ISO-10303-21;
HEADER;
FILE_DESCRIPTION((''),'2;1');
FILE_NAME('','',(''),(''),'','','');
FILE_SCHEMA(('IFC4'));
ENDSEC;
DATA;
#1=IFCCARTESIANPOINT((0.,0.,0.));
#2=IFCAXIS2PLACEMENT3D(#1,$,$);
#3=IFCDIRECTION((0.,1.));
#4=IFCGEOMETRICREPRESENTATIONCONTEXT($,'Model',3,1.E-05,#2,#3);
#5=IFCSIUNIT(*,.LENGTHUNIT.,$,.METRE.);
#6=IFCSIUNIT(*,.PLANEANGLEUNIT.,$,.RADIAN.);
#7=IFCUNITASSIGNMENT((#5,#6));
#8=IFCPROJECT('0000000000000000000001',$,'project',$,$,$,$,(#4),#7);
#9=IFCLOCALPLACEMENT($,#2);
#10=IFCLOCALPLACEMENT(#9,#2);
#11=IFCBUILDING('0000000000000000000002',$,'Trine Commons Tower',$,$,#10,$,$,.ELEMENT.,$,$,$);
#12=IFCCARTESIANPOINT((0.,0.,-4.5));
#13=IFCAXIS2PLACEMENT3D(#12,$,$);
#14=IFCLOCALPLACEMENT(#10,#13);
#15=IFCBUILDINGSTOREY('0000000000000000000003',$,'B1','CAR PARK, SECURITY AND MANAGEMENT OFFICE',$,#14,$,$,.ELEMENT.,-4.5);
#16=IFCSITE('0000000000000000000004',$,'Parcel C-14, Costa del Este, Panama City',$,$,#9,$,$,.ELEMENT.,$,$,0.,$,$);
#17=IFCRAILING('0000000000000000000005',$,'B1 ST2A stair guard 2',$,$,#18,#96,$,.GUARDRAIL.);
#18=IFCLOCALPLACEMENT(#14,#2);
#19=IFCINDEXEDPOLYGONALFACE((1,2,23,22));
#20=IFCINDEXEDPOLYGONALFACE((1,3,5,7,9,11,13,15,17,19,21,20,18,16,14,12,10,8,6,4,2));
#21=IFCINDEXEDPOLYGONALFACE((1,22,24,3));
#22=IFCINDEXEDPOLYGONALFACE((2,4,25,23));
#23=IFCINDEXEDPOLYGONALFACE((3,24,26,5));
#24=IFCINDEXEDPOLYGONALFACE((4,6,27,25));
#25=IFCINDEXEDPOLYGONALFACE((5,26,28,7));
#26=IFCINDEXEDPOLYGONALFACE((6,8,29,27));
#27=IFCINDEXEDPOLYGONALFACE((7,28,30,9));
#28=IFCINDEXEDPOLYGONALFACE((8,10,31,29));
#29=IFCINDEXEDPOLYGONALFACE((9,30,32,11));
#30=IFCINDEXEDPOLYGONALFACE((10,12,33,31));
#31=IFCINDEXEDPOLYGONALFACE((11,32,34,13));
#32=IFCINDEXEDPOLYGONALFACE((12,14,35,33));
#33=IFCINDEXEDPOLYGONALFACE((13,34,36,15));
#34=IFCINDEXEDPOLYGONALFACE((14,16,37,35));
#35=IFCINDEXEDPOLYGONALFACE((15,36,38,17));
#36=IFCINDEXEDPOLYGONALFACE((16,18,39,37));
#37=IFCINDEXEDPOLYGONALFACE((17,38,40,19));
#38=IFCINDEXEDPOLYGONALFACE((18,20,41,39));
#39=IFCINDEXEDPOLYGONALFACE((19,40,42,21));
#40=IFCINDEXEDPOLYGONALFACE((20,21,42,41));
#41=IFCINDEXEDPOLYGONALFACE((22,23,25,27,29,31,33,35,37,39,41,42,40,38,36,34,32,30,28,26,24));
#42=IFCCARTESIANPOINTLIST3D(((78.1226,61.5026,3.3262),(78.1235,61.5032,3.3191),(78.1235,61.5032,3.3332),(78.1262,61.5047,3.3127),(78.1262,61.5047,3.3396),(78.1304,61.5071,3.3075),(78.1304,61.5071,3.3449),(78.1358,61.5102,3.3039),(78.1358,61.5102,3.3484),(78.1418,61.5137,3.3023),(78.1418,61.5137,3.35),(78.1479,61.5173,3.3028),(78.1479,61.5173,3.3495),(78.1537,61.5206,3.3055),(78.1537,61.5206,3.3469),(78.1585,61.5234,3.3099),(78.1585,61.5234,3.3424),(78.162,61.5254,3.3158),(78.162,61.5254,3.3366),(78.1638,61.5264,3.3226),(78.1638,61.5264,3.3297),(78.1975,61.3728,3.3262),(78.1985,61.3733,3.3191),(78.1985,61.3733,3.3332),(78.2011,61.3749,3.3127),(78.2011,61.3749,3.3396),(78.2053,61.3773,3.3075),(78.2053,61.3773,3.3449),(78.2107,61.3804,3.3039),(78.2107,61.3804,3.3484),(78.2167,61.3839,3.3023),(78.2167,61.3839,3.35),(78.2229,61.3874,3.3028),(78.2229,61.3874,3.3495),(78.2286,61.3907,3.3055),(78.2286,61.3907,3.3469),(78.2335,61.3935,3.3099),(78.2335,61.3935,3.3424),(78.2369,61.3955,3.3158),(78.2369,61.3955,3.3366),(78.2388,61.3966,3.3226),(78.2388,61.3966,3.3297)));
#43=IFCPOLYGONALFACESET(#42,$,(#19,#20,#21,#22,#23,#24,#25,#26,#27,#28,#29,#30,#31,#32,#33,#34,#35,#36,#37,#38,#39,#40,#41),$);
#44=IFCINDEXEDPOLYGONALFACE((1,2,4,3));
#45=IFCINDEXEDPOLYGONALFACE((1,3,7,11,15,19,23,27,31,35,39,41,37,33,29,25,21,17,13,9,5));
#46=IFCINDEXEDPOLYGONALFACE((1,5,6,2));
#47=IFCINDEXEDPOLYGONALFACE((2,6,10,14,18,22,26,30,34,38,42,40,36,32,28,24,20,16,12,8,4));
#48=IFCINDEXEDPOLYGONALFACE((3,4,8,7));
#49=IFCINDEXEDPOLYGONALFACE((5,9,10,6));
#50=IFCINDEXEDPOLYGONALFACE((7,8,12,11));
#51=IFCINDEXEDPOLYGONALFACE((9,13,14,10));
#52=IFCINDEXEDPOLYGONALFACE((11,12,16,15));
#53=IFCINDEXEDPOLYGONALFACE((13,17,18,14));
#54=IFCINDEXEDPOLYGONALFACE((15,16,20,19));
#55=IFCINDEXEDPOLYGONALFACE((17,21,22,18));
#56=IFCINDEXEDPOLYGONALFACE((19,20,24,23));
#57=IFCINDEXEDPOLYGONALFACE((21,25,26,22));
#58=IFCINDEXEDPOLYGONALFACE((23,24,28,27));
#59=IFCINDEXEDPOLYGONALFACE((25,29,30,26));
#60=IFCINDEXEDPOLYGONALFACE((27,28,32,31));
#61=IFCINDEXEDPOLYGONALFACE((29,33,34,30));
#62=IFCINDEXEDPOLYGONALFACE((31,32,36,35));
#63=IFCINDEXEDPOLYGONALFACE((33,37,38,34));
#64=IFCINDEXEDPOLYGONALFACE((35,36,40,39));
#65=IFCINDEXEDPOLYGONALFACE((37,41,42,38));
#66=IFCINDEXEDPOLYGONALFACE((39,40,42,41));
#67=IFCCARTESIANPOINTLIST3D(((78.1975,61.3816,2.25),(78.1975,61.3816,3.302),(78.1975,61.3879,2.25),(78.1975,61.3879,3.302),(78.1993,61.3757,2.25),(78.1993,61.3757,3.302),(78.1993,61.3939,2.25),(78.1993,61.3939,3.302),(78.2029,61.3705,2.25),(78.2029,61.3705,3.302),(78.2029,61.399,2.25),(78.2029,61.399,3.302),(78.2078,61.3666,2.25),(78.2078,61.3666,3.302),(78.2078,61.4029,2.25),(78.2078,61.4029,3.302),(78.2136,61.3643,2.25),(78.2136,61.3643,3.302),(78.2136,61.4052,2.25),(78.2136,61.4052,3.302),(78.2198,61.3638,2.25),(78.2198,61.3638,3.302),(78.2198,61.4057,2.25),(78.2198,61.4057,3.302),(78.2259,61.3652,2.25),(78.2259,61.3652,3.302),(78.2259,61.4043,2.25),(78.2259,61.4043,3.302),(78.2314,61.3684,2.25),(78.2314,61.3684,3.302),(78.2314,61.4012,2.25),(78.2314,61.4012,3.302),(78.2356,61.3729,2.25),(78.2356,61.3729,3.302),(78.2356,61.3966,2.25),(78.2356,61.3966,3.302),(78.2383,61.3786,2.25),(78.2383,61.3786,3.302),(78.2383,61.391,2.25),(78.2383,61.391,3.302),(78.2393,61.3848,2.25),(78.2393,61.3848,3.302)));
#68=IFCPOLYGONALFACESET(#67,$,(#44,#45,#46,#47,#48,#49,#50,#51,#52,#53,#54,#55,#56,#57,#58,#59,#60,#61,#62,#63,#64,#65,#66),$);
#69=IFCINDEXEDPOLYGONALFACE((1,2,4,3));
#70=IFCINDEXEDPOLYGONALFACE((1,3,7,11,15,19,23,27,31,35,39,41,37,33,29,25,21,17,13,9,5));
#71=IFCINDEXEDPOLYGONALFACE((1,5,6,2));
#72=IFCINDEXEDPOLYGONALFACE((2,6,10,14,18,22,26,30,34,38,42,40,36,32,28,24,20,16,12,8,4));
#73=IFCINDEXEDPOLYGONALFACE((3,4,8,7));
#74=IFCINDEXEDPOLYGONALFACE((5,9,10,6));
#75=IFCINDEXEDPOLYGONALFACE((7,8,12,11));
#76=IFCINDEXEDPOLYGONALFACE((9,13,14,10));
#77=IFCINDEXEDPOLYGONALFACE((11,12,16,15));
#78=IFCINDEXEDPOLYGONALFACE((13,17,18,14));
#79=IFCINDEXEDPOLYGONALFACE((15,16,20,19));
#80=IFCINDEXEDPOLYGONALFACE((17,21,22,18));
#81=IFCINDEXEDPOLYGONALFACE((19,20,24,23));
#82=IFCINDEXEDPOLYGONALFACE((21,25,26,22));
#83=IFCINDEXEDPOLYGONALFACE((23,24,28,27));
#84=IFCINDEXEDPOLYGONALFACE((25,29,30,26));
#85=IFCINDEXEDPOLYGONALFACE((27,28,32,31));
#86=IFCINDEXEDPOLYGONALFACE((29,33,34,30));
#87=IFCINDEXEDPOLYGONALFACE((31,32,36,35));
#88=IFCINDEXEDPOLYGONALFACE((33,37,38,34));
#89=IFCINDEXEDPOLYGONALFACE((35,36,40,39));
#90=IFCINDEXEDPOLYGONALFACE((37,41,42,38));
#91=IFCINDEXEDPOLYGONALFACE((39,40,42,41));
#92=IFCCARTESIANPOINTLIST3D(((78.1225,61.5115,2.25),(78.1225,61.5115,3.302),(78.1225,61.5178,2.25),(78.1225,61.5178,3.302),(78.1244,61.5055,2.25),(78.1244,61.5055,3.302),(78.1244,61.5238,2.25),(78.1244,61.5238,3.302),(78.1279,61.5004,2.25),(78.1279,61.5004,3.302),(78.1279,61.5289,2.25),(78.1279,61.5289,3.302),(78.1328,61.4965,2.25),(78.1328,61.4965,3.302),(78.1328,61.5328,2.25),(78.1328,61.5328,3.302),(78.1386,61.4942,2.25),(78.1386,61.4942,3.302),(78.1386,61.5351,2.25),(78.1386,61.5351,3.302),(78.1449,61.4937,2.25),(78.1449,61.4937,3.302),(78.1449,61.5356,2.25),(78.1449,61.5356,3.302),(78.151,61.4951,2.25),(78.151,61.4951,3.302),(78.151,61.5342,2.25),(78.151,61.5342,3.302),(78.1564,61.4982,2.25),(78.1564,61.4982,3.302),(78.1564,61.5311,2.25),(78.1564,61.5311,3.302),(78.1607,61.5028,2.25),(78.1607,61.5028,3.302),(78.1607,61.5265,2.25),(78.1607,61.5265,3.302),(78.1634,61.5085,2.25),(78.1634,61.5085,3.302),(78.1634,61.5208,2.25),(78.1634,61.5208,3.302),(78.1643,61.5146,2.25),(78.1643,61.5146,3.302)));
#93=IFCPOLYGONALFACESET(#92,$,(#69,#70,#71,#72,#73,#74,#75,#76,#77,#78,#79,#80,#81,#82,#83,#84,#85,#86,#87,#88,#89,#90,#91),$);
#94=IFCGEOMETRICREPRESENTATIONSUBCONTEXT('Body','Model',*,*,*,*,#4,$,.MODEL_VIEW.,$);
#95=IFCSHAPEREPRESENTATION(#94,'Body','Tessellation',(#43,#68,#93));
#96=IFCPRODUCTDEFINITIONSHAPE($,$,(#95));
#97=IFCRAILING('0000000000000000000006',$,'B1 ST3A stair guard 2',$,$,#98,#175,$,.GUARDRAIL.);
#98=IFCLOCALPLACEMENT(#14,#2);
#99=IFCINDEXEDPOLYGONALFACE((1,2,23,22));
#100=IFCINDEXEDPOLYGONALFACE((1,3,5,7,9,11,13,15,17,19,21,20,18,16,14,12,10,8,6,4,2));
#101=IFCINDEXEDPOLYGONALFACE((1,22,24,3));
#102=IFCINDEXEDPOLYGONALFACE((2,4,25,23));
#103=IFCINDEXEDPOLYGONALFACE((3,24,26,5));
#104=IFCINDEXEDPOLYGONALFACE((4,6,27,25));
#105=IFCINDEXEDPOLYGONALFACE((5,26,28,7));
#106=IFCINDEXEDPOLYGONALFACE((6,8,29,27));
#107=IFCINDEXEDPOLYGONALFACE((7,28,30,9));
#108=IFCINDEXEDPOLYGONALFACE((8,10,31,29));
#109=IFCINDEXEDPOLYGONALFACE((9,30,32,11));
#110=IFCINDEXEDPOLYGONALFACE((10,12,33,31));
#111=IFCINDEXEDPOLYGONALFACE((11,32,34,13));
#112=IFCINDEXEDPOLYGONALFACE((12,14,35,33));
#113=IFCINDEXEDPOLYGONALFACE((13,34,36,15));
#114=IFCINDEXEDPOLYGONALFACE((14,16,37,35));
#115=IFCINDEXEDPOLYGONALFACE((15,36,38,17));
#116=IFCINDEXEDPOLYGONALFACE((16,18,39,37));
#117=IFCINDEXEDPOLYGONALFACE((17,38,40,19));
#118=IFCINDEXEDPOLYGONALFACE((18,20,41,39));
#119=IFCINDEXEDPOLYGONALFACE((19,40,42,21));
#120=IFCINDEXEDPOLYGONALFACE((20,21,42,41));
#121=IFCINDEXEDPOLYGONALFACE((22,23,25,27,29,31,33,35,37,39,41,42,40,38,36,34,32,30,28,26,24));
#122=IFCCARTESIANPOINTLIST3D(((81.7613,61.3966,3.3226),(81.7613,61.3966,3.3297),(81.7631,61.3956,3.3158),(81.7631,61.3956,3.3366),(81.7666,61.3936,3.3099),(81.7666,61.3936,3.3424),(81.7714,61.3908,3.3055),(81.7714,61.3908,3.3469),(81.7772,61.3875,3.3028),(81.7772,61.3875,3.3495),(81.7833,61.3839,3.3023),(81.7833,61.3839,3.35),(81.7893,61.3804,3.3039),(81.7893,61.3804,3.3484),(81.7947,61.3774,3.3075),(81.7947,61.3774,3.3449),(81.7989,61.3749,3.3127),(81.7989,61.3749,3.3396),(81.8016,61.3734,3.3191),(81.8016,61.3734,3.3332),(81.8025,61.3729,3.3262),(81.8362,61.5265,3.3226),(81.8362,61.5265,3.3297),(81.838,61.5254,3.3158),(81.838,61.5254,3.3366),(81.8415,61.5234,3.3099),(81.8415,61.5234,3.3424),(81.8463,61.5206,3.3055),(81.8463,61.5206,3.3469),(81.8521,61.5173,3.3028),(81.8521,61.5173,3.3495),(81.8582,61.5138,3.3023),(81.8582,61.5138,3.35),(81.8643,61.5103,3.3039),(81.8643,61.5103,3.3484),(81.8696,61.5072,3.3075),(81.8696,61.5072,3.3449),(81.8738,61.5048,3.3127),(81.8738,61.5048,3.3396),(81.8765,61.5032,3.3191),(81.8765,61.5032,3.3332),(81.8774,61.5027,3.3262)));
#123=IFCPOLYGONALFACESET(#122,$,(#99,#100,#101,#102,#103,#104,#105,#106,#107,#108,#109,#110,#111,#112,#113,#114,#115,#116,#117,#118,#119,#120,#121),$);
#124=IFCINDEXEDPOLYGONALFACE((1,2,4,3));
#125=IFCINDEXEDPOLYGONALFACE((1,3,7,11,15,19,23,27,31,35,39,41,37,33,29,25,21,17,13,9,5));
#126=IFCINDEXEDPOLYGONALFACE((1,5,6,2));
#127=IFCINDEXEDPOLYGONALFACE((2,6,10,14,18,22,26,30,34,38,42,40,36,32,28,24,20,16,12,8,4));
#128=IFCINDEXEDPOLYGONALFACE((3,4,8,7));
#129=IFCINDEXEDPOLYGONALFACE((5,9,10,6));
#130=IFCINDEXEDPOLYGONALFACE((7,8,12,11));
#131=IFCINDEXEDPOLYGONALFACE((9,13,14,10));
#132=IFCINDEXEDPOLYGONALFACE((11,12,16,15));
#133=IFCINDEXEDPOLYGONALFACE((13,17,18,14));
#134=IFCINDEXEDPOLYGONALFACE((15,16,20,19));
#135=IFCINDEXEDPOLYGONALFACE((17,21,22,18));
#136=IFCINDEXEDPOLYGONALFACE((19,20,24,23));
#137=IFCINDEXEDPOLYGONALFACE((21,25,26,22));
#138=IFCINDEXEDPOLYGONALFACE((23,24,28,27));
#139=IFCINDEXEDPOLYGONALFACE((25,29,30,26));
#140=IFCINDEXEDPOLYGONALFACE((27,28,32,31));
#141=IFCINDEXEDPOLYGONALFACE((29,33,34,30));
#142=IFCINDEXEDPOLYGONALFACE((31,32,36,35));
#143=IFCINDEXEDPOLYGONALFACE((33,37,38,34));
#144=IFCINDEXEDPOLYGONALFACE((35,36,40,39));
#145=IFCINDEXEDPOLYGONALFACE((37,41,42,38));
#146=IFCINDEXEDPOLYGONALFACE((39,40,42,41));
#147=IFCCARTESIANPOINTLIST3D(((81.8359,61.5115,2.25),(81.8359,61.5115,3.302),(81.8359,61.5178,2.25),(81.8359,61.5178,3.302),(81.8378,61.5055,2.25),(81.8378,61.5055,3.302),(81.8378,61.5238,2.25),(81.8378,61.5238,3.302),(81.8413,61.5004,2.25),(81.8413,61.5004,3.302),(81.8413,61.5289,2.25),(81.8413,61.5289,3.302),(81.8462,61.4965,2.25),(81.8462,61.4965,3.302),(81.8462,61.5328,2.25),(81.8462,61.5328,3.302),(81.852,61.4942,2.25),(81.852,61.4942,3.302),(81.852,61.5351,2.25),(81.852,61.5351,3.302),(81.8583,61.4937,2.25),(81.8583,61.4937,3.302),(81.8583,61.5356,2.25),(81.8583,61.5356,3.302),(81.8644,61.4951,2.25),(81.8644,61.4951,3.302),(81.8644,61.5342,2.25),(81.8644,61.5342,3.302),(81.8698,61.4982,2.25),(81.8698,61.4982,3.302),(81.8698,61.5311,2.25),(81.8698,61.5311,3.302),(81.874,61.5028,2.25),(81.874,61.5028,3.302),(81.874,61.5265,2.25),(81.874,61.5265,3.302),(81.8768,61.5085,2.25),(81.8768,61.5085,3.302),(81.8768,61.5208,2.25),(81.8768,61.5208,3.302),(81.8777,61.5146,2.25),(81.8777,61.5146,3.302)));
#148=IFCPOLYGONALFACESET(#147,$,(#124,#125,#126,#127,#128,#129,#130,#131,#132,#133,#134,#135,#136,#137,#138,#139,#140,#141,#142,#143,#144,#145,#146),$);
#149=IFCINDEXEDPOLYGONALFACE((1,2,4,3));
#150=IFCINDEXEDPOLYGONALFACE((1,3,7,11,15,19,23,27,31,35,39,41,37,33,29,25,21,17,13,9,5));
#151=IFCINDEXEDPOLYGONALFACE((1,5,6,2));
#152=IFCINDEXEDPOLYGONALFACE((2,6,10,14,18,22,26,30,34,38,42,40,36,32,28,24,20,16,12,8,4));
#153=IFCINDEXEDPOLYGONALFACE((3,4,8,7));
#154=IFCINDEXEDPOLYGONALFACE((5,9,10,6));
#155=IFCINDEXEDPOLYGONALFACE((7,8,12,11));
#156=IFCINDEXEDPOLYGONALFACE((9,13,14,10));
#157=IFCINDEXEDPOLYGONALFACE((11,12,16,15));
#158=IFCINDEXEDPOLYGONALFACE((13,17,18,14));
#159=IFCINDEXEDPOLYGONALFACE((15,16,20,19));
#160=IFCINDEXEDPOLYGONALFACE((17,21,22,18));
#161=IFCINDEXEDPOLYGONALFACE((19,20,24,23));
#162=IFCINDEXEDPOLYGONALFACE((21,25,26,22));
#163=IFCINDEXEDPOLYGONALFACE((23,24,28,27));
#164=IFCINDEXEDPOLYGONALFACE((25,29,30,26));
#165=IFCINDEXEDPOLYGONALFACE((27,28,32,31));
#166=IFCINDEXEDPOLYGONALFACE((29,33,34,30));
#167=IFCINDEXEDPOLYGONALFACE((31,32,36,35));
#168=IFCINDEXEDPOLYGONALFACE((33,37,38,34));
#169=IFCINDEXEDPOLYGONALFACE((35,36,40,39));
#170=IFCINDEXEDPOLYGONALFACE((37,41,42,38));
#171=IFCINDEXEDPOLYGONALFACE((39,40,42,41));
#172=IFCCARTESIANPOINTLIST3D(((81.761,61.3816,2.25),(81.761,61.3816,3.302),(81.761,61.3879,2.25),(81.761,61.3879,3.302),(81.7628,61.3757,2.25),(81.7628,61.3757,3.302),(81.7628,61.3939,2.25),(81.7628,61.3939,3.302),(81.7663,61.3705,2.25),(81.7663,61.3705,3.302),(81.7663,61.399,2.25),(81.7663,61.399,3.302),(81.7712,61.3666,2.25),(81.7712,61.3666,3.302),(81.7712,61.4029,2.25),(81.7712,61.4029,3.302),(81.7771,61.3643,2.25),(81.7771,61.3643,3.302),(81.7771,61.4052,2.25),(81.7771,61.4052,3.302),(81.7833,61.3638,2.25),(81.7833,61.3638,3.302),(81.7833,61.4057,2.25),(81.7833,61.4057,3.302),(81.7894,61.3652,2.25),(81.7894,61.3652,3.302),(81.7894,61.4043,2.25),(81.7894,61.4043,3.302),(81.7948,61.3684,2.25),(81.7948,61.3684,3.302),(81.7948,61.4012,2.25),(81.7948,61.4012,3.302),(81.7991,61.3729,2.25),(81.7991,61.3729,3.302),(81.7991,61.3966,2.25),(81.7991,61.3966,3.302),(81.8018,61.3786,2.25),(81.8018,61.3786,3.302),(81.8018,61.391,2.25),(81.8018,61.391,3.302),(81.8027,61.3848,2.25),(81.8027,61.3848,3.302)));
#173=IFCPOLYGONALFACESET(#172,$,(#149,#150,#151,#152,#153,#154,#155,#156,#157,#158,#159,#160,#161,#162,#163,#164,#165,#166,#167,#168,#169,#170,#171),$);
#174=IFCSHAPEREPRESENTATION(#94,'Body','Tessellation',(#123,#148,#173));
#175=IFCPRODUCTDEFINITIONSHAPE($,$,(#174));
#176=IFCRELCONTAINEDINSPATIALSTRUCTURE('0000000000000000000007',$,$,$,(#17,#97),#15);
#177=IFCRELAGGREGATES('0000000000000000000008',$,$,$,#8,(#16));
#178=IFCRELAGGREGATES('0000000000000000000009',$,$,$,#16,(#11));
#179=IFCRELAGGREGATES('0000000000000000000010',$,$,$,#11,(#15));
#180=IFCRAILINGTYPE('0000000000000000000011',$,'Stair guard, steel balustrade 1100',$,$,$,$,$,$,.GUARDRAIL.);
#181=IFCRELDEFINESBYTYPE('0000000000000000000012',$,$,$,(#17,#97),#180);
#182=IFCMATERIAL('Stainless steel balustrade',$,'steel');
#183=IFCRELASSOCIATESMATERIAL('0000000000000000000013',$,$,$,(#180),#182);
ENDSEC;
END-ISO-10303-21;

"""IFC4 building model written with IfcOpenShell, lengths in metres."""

from ifc_helpers import new_model, si_unit, direction, frame, origin, origin_2d, place, context, subcontext, project, spatial, circle, extrude, material, type_object, element, save


model = new_model("IFC4")

# Units and contexts
model_context = context("Model", 3, precision=1e-05, world=origin(), true_north=direction((0.0, 1.0)))
body_context = subcontext(model_context, "Body", "Model", "MODEL_VIEW")
ifc_project = project(units=[si_unit("LENGTHUNIT", "METRE"), si_unit("PLANEANGLEUNIT", "RADIAN")], contexts=[model_context])

# Site, building, storey
site_placement = place(None, origin())
site = spatial("IfcSite", under=ifc_project, at=site_placement, Name="Parcel C-14, Costa del Este, Panama City", CompositionType="ELEMENT", RefElevation=0.0)
building_placement = place(site_placement, origin())
building = spatial("IfcBuilding", under=site, at=building_placement, Name="Trine Commons Tower", CompositionType="ELEMENT")
storey_placement = place(building_placement, frame((0.0, 0.0, -4.5)))
storey = spatial("IfcBuildingStorey", under=building, at=storey_placement, Name="B1", Description="CAR PARK, SECURITY AND MANAGEMENT OFFICE", CompositionType="ELEMENT", Elevation=-4.5)

# Railings
ifc_material_1 = material(Name="Stainless steel balustrade", Category="steel")
railing_type_1 = type_object("IfcRailingType", Name="Stair guard, steel balustrade 1100", PredefinedType="GUARDRAIL", material=ifc_material_1)
railing_1_placement = place(storey_placement, frame((78.2183, 61.3848, 2.25)))
element("IfcRailing", 1, at=railing_1_placement, inside=storey, type_object=railing_type_1, Name="B1 ST2A stair guard 2", PredefinedType="GUARDRAIL", context=body_context, shape_type="SweptSolid", body=[
    extrude(circle(Radius=0.0239, at=origin_2d()), frame((0.0, 0.0, 1.0762), z_axis=(-0.499816, 0.866131, 0.0), x_axis=(-0.866131, -0.499816, 0.0)), (0.0, 0.0, 1.0), 0.1499),
    extrude(circle(Radius=0.021, at=origin_2d()), origin(), (0.0, 0.0, 1.0), 1.052),
    extrude(circle(Radius=0.021, at=origin_2d()), frame((-0.075, 0.1299, 0.0)), (0.0, 0.0, 1.0), 1.052),
])
railing_2_placement = place(storey_placement, frame((81.8567, 61.5146, 2.25)))
element("IfcRailing", 2, at=railing_2_placement, inside=storey, type_object=railing_type_1, Name="B1 ST3A stair guard 2", PredefinedType="GUARDRAIL", context=body_context, shape_type="SweptSolid", body=[
    extrude(circle(Radius=0.0239, at=origin_2d()), frame((0.0, 0.0, 1.0762), z_axis=(-0.499816, -0.866131, 0.0), x_axis=(0.866131, -0.499816, 0.0)), (0.0, 0.0, 1.0), 0.1499),
    extrude(circle(Radius=0.021, at=origin_2d()), origin(), (0.0, 0.0, 1.0), 1.052),
    extrude(circle(Radius=0.021, at=origin_2d()), frame((-0.075, -0.1299, 0.0)), (0.0, 0.0, 1.0), 1.052),
])

save(model, "model.ifc")
